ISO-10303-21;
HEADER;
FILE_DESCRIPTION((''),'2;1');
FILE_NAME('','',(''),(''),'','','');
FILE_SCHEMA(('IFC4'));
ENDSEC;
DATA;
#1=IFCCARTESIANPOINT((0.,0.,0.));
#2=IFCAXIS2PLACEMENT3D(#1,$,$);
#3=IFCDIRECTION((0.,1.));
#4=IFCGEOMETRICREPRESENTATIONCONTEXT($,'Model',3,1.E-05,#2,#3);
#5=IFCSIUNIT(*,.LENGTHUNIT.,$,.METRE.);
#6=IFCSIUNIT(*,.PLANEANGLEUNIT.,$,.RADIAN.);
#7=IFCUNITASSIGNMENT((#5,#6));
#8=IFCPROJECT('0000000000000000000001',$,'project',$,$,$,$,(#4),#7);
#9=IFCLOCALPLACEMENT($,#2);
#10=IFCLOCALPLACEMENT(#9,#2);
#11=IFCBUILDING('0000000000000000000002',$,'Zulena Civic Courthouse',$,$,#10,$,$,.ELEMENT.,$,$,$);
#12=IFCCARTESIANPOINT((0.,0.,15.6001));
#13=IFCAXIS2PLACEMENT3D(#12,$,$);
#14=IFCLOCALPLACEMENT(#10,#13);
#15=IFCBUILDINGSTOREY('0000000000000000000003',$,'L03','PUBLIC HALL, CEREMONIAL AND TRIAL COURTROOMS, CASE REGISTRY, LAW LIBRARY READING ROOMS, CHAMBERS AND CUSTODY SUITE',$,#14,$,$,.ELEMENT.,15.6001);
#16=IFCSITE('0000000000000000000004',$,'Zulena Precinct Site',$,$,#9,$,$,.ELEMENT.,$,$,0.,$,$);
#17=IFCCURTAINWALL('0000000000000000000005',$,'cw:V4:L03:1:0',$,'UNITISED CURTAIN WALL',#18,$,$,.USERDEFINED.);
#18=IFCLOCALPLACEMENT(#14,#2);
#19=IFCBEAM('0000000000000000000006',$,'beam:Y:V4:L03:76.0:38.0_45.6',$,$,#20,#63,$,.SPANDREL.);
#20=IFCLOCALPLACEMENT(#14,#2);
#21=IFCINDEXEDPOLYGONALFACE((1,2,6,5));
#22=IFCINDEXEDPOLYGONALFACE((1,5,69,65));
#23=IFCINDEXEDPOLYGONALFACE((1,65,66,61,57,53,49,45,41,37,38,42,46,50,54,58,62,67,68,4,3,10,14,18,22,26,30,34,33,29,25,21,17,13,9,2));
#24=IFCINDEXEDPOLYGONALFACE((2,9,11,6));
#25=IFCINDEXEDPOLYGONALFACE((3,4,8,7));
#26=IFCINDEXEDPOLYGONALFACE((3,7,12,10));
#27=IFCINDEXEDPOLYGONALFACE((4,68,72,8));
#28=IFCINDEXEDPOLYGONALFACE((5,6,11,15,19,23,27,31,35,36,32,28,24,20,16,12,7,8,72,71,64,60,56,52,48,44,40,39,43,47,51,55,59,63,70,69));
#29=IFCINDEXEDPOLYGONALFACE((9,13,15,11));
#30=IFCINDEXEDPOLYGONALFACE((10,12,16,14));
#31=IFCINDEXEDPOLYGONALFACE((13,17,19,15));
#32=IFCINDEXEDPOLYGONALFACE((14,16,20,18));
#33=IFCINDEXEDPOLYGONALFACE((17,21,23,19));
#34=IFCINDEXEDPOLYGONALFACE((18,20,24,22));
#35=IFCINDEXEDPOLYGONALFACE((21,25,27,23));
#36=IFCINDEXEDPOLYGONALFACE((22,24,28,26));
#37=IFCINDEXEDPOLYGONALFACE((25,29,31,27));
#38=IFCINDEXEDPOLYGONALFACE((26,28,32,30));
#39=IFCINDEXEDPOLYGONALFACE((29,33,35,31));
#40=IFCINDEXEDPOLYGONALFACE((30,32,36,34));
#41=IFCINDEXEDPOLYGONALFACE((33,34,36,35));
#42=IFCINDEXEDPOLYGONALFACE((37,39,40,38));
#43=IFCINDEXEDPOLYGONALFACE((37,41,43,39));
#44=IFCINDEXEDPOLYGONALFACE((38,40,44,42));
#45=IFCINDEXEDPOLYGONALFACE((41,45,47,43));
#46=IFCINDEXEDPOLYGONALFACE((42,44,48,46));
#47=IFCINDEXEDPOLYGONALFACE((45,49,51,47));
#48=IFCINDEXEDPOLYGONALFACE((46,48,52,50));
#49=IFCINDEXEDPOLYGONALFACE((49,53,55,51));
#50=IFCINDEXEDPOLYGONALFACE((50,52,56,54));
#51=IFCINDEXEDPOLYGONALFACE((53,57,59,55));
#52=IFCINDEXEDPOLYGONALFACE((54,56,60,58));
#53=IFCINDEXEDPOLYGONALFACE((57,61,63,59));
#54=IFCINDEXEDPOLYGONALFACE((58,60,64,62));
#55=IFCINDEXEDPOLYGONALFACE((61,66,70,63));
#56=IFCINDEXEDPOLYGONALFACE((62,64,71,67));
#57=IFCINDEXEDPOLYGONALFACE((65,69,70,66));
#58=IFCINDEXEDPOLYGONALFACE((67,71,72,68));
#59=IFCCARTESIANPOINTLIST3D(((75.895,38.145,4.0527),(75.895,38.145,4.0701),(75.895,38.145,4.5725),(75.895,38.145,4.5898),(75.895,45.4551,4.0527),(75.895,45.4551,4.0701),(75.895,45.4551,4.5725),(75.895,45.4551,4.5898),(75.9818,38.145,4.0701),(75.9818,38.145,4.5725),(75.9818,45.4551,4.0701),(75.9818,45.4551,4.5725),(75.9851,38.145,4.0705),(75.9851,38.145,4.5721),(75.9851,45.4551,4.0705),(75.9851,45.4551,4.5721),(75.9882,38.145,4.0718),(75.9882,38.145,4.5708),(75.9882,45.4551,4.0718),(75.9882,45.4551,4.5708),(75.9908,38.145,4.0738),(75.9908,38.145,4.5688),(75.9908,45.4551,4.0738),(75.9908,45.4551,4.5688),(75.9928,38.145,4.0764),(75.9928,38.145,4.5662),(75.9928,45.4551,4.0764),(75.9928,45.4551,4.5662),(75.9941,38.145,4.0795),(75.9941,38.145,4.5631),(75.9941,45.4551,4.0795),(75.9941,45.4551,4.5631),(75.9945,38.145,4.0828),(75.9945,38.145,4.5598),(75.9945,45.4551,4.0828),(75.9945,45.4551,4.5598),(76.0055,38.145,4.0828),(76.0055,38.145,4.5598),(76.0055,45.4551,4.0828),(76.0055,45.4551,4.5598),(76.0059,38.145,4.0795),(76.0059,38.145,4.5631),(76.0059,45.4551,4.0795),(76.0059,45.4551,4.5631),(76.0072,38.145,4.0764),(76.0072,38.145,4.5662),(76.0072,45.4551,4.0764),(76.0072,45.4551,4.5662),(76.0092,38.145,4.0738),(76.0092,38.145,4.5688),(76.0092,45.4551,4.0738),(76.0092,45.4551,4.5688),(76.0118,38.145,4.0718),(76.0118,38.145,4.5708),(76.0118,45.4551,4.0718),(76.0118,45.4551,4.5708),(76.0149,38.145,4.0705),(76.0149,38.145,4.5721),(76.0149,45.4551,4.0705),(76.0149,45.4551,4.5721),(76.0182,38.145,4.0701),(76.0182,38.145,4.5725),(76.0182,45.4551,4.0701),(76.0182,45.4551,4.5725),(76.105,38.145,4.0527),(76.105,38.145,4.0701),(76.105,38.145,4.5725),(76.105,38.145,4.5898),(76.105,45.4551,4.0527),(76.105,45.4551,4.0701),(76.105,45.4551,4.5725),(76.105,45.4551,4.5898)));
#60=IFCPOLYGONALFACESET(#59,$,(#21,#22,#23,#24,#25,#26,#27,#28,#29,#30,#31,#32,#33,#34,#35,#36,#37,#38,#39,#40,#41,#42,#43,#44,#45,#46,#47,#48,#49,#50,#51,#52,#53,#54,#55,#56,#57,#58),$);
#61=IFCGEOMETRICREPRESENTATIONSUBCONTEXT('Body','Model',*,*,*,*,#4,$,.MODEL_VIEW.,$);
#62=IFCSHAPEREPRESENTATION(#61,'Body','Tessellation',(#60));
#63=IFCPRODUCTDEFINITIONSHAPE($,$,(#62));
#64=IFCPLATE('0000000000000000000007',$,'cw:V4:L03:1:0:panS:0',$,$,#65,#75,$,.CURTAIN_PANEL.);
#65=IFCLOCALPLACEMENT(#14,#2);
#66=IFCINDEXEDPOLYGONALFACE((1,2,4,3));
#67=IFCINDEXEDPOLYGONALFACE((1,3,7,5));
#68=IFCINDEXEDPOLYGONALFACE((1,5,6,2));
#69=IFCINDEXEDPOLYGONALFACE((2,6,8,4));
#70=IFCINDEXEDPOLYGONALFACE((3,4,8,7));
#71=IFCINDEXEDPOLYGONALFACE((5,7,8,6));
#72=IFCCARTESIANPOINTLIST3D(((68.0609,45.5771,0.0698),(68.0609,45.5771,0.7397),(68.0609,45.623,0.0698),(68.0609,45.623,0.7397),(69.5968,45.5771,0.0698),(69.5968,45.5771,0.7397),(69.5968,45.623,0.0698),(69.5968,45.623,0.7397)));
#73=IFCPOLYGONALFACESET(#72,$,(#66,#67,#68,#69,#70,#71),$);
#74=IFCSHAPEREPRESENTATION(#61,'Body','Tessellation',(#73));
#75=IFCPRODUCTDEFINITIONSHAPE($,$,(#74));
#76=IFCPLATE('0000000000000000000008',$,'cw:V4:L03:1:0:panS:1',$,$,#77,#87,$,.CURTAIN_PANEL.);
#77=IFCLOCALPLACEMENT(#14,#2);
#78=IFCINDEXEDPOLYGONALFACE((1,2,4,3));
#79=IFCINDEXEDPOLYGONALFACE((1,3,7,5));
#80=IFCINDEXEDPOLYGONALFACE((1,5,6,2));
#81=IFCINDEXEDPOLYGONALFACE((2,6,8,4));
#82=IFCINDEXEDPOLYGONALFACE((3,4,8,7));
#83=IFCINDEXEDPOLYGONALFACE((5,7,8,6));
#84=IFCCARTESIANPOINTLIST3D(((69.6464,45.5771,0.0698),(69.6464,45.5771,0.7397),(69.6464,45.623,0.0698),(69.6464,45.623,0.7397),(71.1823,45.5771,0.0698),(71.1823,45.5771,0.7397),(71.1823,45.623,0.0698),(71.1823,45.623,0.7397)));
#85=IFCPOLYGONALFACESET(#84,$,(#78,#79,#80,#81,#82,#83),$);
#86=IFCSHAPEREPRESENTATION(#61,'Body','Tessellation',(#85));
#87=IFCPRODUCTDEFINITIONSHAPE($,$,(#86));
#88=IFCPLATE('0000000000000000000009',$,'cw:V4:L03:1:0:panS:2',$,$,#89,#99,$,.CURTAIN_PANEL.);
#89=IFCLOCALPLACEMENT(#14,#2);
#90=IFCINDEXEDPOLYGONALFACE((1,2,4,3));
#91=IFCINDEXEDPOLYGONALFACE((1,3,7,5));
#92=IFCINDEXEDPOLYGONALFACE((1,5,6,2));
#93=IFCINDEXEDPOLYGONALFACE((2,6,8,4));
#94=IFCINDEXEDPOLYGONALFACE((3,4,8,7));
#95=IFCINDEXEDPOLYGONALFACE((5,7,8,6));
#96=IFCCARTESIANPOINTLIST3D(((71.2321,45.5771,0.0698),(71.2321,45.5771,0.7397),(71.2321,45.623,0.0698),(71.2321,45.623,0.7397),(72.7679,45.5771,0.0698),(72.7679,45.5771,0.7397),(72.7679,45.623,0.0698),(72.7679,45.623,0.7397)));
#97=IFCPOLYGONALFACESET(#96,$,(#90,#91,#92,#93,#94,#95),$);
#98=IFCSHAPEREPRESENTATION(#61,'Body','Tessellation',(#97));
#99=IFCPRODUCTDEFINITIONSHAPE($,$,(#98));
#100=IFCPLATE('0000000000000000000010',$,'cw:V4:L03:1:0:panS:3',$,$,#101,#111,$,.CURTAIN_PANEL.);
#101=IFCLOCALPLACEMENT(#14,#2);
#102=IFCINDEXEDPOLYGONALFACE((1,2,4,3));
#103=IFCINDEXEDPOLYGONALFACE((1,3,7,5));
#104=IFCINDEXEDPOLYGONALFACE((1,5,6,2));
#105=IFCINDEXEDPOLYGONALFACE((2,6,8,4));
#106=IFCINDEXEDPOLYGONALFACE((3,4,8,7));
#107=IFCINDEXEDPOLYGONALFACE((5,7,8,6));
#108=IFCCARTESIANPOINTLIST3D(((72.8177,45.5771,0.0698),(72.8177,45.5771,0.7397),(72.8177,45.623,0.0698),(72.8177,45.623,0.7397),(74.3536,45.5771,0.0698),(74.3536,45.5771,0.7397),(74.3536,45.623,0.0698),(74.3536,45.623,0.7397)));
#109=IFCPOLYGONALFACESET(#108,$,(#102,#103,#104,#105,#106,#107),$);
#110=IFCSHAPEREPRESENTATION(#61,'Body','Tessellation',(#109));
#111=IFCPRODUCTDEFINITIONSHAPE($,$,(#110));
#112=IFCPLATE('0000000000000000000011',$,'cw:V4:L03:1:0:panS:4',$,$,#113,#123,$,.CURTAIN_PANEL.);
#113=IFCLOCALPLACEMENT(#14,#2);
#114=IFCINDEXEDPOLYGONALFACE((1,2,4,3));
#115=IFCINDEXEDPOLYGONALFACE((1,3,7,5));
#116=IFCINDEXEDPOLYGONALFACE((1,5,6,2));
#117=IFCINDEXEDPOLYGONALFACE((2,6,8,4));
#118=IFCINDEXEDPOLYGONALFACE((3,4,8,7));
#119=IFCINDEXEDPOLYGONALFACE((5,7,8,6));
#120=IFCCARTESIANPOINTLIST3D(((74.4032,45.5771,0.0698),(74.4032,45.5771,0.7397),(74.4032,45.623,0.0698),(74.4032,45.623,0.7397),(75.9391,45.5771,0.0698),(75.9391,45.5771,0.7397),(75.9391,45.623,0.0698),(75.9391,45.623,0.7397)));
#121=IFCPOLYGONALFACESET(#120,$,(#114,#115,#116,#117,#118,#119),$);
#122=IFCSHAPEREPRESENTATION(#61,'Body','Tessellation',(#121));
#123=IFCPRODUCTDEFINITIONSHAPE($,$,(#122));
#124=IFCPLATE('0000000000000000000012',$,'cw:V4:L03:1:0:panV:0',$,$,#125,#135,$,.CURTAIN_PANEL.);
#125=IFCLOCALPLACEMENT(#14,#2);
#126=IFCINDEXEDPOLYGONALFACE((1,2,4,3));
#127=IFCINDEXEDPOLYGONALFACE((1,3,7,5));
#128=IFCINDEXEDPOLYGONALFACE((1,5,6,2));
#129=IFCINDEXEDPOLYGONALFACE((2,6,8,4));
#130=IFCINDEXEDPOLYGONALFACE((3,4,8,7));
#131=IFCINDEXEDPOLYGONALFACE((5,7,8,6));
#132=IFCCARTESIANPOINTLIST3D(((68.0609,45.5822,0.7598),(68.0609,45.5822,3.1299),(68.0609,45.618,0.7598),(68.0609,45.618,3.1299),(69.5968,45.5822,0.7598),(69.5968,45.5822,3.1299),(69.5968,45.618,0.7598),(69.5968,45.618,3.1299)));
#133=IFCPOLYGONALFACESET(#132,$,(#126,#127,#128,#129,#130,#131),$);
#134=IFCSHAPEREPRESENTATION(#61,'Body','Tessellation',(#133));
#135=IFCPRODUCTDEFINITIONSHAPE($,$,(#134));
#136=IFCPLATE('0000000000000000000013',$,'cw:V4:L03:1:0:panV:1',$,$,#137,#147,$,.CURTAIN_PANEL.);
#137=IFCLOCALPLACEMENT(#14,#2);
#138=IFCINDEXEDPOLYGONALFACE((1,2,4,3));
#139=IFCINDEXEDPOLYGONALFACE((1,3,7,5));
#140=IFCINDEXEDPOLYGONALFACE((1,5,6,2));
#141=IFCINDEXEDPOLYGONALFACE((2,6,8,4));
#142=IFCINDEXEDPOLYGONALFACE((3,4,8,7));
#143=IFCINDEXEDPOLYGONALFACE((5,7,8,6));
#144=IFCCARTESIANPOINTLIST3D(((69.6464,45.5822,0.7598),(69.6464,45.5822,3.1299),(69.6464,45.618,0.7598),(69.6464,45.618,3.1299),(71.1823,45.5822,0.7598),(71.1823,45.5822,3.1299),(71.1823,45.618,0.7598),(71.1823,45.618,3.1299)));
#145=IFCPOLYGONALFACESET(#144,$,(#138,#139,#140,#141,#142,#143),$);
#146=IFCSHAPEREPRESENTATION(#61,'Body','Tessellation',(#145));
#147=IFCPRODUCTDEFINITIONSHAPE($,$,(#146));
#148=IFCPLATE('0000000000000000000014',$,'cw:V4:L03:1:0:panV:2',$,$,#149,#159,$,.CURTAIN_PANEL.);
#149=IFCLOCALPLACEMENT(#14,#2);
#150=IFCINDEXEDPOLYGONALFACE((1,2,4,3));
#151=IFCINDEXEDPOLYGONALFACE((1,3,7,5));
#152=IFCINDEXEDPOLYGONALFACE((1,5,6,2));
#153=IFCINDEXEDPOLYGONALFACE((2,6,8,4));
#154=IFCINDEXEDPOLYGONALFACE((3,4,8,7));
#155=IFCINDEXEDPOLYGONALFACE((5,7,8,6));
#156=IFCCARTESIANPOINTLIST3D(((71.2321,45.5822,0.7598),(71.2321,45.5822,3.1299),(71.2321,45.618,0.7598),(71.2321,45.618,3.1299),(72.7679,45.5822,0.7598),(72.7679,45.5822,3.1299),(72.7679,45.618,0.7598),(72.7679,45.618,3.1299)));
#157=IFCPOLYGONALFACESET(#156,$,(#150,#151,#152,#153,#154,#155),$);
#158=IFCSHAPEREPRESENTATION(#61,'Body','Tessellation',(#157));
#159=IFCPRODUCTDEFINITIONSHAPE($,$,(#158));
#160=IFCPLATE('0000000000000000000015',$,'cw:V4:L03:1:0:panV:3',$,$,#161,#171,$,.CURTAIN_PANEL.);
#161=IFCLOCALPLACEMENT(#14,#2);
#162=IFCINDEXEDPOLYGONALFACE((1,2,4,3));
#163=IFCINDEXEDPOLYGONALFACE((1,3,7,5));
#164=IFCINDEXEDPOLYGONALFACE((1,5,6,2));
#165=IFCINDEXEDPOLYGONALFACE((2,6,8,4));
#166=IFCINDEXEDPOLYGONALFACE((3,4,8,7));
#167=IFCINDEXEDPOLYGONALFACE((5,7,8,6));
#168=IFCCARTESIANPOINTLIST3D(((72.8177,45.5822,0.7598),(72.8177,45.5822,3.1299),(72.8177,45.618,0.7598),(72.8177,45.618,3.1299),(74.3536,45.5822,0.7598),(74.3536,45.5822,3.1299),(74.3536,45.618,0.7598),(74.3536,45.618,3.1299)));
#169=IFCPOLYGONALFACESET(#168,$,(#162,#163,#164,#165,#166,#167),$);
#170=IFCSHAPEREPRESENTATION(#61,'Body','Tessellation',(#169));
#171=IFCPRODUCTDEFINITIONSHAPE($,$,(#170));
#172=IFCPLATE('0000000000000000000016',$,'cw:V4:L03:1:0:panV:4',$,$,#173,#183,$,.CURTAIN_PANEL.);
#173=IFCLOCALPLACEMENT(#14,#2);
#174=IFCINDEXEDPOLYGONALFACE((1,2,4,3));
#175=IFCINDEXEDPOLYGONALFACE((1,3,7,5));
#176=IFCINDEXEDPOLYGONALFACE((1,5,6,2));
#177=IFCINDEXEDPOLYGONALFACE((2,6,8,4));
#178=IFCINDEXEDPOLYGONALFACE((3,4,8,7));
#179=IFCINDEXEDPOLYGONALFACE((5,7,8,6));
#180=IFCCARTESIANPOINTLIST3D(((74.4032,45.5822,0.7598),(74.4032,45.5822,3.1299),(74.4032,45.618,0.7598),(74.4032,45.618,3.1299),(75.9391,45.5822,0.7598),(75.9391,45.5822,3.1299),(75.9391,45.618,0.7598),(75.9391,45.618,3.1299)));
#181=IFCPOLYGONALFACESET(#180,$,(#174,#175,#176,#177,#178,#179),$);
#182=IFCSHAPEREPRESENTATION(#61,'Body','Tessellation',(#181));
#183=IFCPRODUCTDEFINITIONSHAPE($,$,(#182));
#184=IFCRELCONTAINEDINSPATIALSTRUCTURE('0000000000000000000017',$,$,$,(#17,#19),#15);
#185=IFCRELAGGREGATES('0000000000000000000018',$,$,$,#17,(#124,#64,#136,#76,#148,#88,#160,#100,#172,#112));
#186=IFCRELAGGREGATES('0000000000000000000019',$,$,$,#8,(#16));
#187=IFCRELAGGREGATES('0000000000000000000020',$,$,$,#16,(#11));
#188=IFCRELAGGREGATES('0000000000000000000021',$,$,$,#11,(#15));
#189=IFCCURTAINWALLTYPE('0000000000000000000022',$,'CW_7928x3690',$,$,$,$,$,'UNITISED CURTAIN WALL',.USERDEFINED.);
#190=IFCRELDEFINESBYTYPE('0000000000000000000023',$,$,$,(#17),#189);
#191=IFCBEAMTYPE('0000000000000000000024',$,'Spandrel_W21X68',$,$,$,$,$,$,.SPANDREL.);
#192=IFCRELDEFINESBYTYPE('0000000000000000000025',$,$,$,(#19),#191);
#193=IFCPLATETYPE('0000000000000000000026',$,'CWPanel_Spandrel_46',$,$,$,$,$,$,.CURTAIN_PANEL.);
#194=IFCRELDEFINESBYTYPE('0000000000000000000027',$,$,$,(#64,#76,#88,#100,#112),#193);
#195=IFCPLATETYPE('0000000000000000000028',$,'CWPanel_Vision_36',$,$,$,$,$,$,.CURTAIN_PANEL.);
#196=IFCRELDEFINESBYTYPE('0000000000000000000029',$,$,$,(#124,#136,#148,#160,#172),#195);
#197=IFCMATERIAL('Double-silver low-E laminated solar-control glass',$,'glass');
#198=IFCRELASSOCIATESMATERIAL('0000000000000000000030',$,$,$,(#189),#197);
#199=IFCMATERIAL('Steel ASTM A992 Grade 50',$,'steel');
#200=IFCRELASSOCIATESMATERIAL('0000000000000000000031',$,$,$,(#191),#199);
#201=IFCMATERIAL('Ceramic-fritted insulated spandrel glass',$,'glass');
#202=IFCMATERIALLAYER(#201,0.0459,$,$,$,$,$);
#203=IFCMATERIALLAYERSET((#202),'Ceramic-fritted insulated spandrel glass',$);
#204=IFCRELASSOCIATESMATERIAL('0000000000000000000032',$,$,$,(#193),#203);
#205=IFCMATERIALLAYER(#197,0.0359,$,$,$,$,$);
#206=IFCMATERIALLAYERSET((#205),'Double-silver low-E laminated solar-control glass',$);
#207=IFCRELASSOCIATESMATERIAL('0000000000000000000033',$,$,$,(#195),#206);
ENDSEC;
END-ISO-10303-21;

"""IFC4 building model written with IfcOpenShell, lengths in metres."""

from ifc_helpers import new_model, si_unit, direction, frame, origin, origin_2d, place, context, subcontext, project, spatial, rectangle, i_section, extrude, material, layer, layer_set, material_profile, profile_set, type_object, element, aggregate, save


model = new_model("IFC4")

# Units and contexts
model_context = context("Model", 3, precision=1e-05, world=origin(), true_north=direction((0.0, 1.0)))
body_context = subcontext(model_context, "Body", "Model", "MODEL_VIEW")
ifc_project = project(units=[si_unit("LENGTHUNIT", "METRE"), si_unit("PLANEANGLEUNIT", "RADIAN")], contexts=[model_context])

# Site, building, storey
site_placement = place(None, origin())
site = spatial("IfcSite", under=ifc_project, at=site_placement, Name="Zulena Precinct Site", CompositionType="ELEMENT", RefElevation=0.0)
building_placement = place(site_placement, origin())
building = spatial("IfcBuilding", under=site, at=building_placement, Name="Zulena Civic Courthouse", CompositionType="ELEMENT")
storey_placement = place(building_placement, frame((0.0, 0.0, 15.6001)))
storey = spatial("IfcBuildingStorey", under=building, at=storey_placement, Name="L03", Description="PUBLIC HALL, CEREMONIAL AND TRIAL COURTROOMS, CASE REGISTRY, LAW LIBRARY READING ROOMS, CHAMBERS AND CUSTODY SUITE", CompositionType="ELEMENT", Elevation=15.6001)

# Shared definitions
ifc_material_1 = material(Name="Steel ASTM A992 Grade 50", Category="steel")

# Curtain wall
ifc_material_2 = material(Name="Double-silver low-E laminated solar-control glass", Category="glass")
curtain_wall_type = type_object("IfcCurtainWallType", Name="CW_7928x3690", ElementType="UNITISED CURTAIN WALL", PredefinedType="USERDEFINED", material=ifc_material_2)
curtain_wall_1_placement = place(storey_placement, origin())
curtain_wall_1 = element("IfcCurtainWall", 1, at=curtain_wall_1_placement, inside=storey, type_object=curtain_wall_type, Name="cw:V4:L03:1:0", ObjectType="UNITISED CURTAIN WALL", PredefinedType="USERDEFINED")

# Beam
ifc_material_profile_1 = material_profile(ifc_material_1, i_section(OverallWidth=0.21, OverallDepth=0.5371, WebThickness=0.011, FlangeThickness=0.0173, FilletRadius=0.0127, at=origin_2d()), Name="W21X68")
ifc_profile_set_1 = profile_set([ifc_material_profile_1], Name="Steel ASTM A992 Grade 50")
beam_type_1 = type_object("IfcBeamType", Name="Spandrel_W21X68", PredefinedType="SPANDREL", material=ifc_profile_set_1)
beam_1_placement = place(storey_placement, frame((76.0, 38.145, 4.3213), z_axis=(0.0, 1.0, 0.0), x_axis=(-1.0, 0.0, 0.0)))
element("IfcBeam", 2, at=beam_1_placement, inside=storey, type_object=beam_type_1, Name="beam:Y:V4:L03:76.0:38.0_45.6", PredefinedType="SPANDREL", context=body_context, shape_type="SweptSolid", body=[
    extrude(i_section(OverallWidth=0.21, OverallDepth=0.5371, WebThickness=0.011, FlangeThickness=0.0173, FilletRadius=0.0127, at=origin_2d()), origin(), (0.0, 0.0, 1.0), 7.3101),
])

# Plates
ifc_material_3 = material(Name="Ceramic-fritted insulated spandrel glass", Category="glass")
ifc_layer_1 = layer(ifc_material_3, 0.0459)
ifc_layer_set_1 = layer_set([ifc_layer_1], Name="Ceramic-fritted insulated spandrel glass")
plate_type_1 = type_object("IfcPlateType", Name="CWPanel_Spandrel_46", PredefinedType="CURTAIN_PANEL", material=ifc_layer_set_1)
plate_1_placement = place(storey_placement, frame((68.8289, 45.6001, 0.0698), z_axis=(0.0, 0.0, 1.0), x_axis=(1.0, 0.0, 0.0)))
plate_1 = element("IfcPlate", 3, at=plate_1_placement, type_object=plate_type_1, Name="cw:V4:L03:1:0:panS:0", PredefinedType="CURTAIN_PANEL", context=body_context, shape_type="SweptSolid", body=[
    extrude(rectangle(XDim=1.5359, YDim=0.0459, at=origin_2d()), origin(), (0.0, 0.0, 1.0), 0.6699),
])
plate_2_placement = place(storey_placement, frame((70.4143, 45.6001, 0.0698), z_axis=(0.0, 0.0, 1.0), x_axis=(1.0, 0.0, 0.0)))
plate_2 = element("IfcPlate", 4, at=plate_2_placement, type_object=plate_type_1, Name="cw:V4:L03:1:0:panS:1", PredefinedType="CURTAIN_PANEL", context=body_context, shape_type="SweptSolid", body=[
    extrude(rectangle(XDim=1.5359, YDim=0.0459, at=origin_2d()), origin(), (0.0, 0.0, 1.0), 0.6699),
])
plate_3_placement = place(storey_placement, frame((72.0, 45.6001, 0.0698), z_axis=(0.0, 0.0, 1.0), x_axis=(1.0, 0.0, 0.0)))
plate_3 = element("IfcPlate", 5, at=plate_3_placement, type_object=plate_type_1, Name="cw:V4:L03:1:0:panS:2", PredefinedType="CURTAIN_PANEL", context=body_context, shape_type="SweptSolid", body=[
    extrude(rectangle(XDim=1.5359, YDim=0.0459, at=origin_2d()), origin(), (0.0, 0.0, 1.0), 0.6699),
])
plate_4_placement = place(storey_placement, frame((73.5857, 45.6001, 0.0698), z_axis=(0.0, 0.0, 1.0), x_axis=(1.0, 0.0, 0.0)))
plate_4 = element("IfcPlate", 6, at=plate_4_placement, type_object=plate_type_1, Name="cw:V4:L03:1:0:panS:3", PredefinedType="CURTAIN_PANEL", context=body_context, shape_type="SweptSolid", body=[
    extrude(rectangle(XDim=1.5359, YDim=0.0459, at=origin_2d()), origin(), (0.0, 0.0, 1.0), 0.6699),
])
plate_5_placement = place(storey_placement, frame((75.1711, 45.6001, 0.0698), z_axis=(0.0, 0.0, 1.0), x_axis=(1.0, 0.0, 0.0)))
plate_5 = element("IfcPlate", 7, at=plate_5_placement, type_object=plate_type_1, Name="cw:V4:L03:1:0:panS:4", PredefinedType="CURTAIN_PANEL", context=body_context, shape_type="SweptSolid", body=[
    extrude(rectangle(XDim=1.5359, YDim=0.0459, at=origin_2d()), origin(), (0.0, 0.0, 1.0), 0.6699),
])
ifc_layer_2 = layer(ifc_material_2, 0.0359)
ifc_layer_set_2 = layer_set([ifc_layer_2], Name="Double-silver low-E laminated solar-control glass")
plate_type_2 = type_object("IfcPlateType", Name="CWPanel_Vision_36", PredefinedType="CURTAIN_PANEL", material=ifc_layer_set_2)
plate_6_placement = place(storey_placement, frame((68.8289, 45.6001, 0.7598), z_axis=(0.0, 0.0, 1.0), x_axis=(1.0, 0.0, 0.0)))
plate_6 = element("IfcPlate", 8, at=plate_6_placement, type_object=plate_type_2, Name="cw:V4:L03:1:0:panV:0", PredefinedType="CURTAIN_PANEL", context=body_context, shape_type="SweptSolid", body=[
    extrude(rectangle(XDim=1.5359, YDim=0.0359, at=origin_2d()), origin(), (0.0, 0.0, 1.0), 2.3701),
])
plate_7_placement = place(storey_placement, frame((70.4143, 45.6001, 0.7598), z_axis=(0.0, 0.0, 1.0), x_axis=(1.0, 0.0, 0.0)))
plate_7 = element("IfcPlate", 9, at=plate_7_placement, type_object=plate_type_2, Name="cw:V4:L03:1:0:panV:1", PredefinedType="CURTAIN_PANEL", context=body_context, shape_type="SweptSolid", body=[
    extrude(rectangle(XDim=1.5359, YDim=0.0359, at=origin_2d()), origin(), (0.0, 0.0, 1.0), 2.3701),
])
plate_8_placement = place(storey_placement, frame((72.0, 45.6001, 0.7598), z_axis=(0.0, 0.0, 1.0), x_axis=(1.0, 0.0, 0.0)))
plate_8 = element("IfcPlate", 10, at=plate_8_placement, type_object=plate_type_2, Name="cw:V4:L03:1:0:panV:2", PredefinedType="CURTAIN_PANEL", context=body_context, shape_type="SweptSolid", body=[
    extrude(rectangle(XDim=1.5359, YDim=0.0359, at=origin_2d()), origin(), (0.0, 0.0, 1.0), 2.3701),
])
plate_9_placement = place(storey_placement, frame((73.5857, 45.6001, 0.7598), z_axis=(0.0, 0.0, 1.0), x_axis=(1.0, 0.0, 0.0)))
plate_9 = element("IfcPlate", 11, at=plate_9_placement, type_object=plate_type_2, Name="cw:V4:L03:1:0:panV:3", PredefinedType="CURTAIN_PANEL", context=body_context, shape_type="SweptSolid", body=[
    extrude(rectangle(XDim=1.5359, YDim=0.0359, at=origin_2d()), origin(), (0.0, 0.0, 1.0), 2.3701),
])
plate_10_placement = place(storey_placement, frame((75.1711, 45.6001, 0.7598), z_axis=(0.0, 0.0, 1.0), x_axis=(1.0, 0.0, 0.0)))
plate_10 = element("IfcPlate", 12, at=plate_10_placement, type_object=plate_type_2, Name="cw:V4:L03:1:0:panV:4", PredefinedType="CURTAIN_PANEL", context=body_context, shape_type="SweptSolid", body=[
    extrude(rectangle(XDim=1.5359, YDim=0.0359, at=origin_2d()), origin(), (0.0, 0.0, 1.0), 2.3701),
])
aggregate(curtain_wall_1, [plate_6, plate_1, plate_7, plate_2, plate_8, plate_3, plate_9, plate_4, plate_10, plate_5])

save(model, "model.ifc")
